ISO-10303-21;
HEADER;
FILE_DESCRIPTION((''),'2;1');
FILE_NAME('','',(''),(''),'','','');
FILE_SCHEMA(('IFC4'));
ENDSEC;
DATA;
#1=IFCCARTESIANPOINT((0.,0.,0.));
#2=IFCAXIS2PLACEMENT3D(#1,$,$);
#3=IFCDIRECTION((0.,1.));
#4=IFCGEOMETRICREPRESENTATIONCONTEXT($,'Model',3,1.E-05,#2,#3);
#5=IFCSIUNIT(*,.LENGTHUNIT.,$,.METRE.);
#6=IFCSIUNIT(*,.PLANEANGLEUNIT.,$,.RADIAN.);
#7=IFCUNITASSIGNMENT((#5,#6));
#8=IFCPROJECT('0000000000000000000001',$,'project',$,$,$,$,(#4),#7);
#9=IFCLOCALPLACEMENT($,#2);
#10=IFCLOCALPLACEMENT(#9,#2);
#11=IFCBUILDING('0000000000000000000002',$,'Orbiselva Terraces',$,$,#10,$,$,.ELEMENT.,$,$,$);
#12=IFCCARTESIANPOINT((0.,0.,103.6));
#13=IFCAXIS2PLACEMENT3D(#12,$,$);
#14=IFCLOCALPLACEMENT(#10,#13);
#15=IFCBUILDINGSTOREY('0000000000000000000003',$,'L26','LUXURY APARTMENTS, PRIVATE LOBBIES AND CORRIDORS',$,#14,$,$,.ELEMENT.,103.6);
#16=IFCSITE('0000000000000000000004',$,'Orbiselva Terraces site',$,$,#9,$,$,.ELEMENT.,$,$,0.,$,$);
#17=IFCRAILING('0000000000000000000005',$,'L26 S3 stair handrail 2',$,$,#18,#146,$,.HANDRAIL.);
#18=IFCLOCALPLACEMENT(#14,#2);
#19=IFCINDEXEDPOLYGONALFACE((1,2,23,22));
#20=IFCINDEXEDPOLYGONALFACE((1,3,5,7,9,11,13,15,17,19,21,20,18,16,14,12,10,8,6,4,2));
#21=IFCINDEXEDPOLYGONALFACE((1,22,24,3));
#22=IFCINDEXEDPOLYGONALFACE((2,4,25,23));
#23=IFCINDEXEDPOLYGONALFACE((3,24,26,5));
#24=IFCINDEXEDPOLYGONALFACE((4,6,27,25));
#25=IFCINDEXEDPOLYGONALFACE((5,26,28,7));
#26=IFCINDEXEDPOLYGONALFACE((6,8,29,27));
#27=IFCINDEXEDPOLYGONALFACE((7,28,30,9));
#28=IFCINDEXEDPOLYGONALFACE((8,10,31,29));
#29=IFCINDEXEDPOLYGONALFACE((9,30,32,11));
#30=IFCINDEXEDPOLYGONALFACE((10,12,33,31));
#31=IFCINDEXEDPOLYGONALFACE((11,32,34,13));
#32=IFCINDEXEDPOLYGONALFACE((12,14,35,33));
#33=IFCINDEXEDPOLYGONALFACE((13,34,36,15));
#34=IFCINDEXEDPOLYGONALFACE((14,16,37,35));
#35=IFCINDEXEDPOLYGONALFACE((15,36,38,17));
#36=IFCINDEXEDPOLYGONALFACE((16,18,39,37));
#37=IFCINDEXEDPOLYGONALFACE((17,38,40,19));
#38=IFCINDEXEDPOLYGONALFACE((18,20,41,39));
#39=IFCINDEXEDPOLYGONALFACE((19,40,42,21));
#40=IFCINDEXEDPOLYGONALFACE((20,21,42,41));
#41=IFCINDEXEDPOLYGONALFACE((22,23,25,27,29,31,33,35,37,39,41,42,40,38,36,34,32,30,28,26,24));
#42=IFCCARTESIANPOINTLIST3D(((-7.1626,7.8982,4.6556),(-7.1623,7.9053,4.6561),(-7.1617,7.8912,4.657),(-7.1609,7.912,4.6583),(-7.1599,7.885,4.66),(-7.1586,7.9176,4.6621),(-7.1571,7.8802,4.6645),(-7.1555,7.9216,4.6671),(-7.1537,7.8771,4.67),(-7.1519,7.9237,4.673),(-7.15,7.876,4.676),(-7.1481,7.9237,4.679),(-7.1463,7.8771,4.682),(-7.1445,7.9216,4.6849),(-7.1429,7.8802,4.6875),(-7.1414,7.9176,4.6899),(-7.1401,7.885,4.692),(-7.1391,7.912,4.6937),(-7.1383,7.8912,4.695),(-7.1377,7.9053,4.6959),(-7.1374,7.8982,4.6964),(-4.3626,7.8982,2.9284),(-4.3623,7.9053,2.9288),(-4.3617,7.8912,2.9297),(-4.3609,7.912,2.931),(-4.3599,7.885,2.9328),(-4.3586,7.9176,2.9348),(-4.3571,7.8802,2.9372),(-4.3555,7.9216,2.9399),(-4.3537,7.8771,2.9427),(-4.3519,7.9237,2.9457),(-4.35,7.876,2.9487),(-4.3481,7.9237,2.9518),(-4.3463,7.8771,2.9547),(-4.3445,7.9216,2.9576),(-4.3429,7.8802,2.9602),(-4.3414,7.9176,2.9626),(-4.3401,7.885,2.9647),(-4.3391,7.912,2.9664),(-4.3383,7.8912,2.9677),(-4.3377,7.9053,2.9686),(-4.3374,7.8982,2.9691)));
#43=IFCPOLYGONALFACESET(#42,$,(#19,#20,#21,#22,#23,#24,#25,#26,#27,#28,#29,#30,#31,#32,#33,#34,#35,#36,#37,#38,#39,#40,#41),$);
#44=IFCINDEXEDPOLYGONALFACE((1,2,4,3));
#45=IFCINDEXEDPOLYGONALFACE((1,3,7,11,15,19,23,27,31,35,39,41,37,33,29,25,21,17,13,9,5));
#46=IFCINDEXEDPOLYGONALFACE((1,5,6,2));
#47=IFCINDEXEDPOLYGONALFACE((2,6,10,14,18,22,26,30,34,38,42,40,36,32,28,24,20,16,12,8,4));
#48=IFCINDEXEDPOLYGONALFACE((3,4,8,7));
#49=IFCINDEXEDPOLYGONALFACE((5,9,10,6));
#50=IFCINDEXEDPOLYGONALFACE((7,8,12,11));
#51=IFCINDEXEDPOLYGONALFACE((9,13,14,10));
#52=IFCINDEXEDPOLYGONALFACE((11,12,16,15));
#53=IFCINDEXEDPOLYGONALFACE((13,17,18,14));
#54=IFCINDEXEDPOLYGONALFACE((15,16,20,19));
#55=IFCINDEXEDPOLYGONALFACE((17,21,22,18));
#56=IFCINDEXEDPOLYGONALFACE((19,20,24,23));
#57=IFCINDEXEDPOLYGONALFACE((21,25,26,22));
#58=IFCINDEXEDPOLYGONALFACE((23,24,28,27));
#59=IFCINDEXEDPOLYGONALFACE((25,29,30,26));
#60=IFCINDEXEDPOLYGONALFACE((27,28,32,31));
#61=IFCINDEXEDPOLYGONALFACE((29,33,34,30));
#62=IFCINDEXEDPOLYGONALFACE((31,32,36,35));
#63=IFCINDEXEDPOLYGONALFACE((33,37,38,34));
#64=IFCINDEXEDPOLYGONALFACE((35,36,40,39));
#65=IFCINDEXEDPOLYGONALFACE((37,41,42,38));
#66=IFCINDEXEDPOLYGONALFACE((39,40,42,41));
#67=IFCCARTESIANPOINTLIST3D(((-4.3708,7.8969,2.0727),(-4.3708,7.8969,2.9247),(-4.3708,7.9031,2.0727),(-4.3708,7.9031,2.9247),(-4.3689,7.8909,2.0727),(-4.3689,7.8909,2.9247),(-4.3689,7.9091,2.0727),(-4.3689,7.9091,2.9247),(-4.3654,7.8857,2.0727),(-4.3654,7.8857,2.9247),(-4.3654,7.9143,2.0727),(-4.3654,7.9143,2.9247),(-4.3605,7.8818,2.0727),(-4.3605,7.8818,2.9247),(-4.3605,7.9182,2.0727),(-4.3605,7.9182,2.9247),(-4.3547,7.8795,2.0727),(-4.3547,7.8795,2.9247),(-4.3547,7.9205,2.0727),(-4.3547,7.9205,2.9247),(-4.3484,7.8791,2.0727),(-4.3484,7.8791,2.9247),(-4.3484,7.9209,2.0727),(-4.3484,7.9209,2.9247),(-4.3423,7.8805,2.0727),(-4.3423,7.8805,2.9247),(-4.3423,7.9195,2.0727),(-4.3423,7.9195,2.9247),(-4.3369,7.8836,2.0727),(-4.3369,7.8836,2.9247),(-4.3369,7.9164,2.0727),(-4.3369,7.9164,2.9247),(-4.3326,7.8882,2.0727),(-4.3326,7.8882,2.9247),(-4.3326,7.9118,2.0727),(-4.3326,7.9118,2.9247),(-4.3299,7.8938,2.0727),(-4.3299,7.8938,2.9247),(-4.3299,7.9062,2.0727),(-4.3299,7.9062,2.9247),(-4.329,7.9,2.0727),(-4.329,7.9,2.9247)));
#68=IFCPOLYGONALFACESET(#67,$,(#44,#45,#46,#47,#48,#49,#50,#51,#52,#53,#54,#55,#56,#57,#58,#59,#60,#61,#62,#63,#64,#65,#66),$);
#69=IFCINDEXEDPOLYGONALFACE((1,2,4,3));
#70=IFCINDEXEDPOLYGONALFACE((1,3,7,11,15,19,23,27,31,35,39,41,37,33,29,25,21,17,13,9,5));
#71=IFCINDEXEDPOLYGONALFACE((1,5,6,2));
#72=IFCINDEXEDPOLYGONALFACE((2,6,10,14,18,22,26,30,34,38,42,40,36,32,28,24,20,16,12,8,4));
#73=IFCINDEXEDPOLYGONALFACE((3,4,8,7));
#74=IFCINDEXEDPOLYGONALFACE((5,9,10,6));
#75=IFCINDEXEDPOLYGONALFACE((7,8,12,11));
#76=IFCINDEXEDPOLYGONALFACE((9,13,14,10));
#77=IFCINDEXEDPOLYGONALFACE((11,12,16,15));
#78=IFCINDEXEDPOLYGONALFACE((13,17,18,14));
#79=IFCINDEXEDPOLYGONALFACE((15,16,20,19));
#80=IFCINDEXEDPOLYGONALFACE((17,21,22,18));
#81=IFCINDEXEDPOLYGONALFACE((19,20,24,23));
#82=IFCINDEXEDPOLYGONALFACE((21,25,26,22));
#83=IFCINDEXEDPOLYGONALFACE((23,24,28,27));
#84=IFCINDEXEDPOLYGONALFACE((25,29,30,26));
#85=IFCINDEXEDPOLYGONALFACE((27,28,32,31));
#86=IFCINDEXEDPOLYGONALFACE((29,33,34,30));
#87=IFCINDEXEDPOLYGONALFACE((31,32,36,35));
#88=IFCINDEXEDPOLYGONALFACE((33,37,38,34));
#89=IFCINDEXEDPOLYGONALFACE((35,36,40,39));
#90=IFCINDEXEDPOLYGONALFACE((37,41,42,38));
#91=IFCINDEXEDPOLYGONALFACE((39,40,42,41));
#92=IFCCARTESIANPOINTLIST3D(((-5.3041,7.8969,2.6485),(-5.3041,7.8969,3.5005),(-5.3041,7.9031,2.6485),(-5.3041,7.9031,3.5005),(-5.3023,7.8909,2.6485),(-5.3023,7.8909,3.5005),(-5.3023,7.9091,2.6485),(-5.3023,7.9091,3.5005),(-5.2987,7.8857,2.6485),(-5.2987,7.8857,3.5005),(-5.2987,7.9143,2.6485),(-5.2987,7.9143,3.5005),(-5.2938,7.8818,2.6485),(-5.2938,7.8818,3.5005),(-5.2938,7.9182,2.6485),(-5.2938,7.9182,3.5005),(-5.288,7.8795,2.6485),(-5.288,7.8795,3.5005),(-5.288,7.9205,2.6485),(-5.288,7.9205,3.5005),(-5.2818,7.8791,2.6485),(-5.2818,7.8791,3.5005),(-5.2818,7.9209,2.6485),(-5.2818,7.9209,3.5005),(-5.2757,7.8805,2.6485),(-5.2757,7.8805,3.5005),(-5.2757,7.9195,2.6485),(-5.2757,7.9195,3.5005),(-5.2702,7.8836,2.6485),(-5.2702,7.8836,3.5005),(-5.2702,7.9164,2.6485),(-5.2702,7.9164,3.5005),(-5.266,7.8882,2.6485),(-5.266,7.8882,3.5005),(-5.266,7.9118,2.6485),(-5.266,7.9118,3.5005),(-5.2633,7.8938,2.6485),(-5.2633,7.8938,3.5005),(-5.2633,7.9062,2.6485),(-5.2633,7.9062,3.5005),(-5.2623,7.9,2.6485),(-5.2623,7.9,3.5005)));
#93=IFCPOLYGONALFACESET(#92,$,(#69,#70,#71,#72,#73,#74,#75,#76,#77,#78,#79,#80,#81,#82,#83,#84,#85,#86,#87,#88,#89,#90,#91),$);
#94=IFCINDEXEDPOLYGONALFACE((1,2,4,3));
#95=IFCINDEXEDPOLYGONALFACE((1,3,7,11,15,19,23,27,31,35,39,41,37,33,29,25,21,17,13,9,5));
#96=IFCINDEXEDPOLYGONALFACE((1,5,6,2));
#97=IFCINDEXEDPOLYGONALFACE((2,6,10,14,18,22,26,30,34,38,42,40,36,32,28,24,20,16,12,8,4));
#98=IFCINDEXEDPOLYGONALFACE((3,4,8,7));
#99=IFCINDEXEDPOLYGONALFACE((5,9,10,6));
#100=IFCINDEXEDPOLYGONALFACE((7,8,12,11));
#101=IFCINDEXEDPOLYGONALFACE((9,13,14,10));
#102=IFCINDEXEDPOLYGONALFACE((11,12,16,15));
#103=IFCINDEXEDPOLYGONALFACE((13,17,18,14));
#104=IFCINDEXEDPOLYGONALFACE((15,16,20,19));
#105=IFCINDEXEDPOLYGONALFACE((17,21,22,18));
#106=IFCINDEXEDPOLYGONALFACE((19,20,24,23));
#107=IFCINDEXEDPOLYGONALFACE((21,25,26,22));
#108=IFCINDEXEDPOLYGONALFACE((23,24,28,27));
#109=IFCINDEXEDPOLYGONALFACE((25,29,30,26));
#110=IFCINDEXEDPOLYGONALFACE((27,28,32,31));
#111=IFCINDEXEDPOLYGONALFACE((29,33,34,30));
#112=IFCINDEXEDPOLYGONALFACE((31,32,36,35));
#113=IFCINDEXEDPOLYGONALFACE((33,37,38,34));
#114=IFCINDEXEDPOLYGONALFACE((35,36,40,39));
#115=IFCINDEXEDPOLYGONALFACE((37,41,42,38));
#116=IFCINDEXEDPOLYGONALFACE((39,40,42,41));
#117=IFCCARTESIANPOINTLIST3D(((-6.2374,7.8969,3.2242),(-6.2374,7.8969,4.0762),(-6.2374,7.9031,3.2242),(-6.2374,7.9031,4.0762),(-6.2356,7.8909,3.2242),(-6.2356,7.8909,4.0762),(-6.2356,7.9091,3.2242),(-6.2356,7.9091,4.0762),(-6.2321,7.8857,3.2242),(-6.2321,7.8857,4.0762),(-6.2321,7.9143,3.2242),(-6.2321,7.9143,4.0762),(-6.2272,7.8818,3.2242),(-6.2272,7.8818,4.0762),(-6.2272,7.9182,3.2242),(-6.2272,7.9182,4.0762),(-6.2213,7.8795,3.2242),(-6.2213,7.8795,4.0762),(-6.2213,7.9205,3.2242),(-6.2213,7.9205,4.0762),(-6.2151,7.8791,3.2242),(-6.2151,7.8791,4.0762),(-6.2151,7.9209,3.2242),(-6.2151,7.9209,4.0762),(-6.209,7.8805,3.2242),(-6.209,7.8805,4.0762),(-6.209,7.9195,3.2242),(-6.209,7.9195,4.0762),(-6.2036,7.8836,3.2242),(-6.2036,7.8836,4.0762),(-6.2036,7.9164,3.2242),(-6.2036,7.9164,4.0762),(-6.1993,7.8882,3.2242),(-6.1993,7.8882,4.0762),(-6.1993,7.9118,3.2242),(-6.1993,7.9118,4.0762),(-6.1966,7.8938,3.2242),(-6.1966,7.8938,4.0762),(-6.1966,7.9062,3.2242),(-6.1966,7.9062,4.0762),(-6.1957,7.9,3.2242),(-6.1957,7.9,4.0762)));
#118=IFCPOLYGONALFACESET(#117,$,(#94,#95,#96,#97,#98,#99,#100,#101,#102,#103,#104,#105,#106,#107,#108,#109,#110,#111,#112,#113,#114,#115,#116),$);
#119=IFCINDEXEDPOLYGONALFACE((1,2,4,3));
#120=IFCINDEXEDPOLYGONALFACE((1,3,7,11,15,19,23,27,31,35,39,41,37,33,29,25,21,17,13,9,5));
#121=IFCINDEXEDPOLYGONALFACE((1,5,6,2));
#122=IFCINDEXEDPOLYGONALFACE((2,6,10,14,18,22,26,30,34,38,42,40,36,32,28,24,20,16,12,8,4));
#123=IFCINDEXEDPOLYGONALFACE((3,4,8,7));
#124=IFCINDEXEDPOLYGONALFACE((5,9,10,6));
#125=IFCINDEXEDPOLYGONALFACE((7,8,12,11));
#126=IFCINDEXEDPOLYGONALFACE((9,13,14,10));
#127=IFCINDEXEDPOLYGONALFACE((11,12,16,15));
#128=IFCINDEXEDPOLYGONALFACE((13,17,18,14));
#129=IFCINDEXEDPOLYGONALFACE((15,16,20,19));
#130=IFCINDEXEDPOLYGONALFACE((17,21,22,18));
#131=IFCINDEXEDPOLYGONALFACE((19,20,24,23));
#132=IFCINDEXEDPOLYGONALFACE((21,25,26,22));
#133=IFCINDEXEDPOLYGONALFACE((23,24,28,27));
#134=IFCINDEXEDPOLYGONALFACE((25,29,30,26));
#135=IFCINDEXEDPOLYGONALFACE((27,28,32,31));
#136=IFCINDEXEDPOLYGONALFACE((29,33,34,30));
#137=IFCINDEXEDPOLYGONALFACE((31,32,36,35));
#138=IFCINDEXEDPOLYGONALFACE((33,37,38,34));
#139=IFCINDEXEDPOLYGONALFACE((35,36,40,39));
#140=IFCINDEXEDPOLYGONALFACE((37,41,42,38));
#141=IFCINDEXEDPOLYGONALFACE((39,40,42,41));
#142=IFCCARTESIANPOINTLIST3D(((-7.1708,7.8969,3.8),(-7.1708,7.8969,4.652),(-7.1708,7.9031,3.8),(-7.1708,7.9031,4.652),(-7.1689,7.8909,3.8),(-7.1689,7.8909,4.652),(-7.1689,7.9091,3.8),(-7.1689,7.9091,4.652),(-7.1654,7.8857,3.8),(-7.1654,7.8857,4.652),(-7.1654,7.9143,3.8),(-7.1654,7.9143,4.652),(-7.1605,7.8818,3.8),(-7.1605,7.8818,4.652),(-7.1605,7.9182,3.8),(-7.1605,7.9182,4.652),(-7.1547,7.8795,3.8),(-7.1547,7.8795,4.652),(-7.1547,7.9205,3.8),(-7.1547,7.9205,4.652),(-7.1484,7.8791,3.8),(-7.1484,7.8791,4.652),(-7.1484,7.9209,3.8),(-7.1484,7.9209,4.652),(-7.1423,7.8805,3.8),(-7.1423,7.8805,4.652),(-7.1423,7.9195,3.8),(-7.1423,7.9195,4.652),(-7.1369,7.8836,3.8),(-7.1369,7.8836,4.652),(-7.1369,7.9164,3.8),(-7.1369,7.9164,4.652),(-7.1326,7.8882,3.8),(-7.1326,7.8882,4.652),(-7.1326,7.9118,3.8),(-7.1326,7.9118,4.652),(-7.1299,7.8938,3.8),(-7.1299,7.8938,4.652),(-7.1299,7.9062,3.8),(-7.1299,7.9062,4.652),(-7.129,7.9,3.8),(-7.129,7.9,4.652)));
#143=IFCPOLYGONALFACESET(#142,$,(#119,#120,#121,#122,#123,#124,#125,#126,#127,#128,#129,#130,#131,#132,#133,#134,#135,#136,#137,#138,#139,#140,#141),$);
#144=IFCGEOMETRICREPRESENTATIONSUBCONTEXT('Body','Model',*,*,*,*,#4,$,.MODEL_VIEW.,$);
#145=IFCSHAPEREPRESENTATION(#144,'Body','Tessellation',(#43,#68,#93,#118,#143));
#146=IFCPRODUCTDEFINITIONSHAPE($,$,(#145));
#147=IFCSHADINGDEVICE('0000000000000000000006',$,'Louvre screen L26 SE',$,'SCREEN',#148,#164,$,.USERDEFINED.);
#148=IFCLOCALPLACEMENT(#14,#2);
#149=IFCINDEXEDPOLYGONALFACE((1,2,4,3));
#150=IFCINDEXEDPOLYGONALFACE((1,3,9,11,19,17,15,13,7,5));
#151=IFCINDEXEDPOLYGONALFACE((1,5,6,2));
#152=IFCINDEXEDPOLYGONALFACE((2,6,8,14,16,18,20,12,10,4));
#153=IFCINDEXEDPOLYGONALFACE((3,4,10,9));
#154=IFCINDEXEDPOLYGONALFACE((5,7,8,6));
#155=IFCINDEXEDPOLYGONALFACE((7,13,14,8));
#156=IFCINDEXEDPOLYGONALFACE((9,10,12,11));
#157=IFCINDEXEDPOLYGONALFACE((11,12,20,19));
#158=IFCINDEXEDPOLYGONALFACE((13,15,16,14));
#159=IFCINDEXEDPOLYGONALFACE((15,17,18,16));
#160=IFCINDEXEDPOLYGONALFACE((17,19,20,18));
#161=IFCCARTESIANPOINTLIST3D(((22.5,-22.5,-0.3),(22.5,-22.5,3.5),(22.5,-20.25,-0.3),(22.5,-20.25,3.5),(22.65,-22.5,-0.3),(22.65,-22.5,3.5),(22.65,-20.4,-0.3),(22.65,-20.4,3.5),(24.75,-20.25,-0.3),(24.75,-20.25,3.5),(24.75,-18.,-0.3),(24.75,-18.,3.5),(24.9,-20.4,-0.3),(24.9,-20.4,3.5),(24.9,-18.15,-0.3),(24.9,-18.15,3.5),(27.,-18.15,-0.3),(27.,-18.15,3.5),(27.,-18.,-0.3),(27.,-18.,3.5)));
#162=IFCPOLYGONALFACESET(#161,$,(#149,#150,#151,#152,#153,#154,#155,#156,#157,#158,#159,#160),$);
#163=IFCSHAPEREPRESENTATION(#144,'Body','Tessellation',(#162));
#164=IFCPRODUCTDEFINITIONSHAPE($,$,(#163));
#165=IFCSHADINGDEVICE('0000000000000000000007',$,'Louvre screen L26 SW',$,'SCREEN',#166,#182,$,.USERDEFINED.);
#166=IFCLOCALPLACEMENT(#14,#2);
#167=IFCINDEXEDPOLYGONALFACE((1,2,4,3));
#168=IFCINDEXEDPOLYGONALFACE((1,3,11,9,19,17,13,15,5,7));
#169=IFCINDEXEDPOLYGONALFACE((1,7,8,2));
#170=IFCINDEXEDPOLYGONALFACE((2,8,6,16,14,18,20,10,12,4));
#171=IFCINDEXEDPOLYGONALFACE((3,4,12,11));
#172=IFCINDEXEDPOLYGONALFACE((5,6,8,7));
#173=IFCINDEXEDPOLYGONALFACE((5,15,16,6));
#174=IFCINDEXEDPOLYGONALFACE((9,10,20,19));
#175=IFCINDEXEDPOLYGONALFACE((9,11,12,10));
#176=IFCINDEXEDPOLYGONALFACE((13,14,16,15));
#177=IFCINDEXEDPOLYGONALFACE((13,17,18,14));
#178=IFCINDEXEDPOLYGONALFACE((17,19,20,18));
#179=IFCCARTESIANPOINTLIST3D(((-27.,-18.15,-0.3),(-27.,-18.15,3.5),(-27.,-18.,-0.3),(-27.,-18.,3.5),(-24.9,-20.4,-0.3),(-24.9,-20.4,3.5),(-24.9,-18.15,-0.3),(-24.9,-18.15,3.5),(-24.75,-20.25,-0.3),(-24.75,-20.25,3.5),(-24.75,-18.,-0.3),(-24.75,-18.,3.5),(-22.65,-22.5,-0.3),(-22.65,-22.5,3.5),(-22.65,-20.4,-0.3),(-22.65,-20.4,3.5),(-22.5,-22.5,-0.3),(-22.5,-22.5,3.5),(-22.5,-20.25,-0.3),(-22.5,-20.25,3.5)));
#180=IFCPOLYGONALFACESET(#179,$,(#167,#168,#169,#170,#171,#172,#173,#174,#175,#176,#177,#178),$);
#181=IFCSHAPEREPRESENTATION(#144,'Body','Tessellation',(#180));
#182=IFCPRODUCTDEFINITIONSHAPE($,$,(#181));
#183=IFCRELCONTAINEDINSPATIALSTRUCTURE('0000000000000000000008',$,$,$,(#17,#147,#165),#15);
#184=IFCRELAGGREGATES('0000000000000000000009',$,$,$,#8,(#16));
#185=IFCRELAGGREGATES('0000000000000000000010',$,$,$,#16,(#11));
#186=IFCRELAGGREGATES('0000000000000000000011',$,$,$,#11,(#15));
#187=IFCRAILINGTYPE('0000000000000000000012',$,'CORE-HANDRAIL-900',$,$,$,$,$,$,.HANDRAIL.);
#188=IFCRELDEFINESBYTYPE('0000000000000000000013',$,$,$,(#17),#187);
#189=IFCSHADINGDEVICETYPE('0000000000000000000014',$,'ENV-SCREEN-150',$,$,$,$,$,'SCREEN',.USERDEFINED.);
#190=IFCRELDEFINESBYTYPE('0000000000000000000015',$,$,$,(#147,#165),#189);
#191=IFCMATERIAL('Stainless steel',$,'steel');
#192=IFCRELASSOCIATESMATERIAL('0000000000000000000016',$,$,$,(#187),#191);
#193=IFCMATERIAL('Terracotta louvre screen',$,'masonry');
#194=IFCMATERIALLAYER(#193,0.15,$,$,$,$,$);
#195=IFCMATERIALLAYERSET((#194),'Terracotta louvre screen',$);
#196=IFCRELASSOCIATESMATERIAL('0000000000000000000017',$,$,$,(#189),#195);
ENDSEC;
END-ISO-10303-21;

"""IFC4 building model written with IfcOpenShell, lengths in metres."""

from ifc_helpers import new_model, si_unit, direction, frame, origin, origin_2d, place, context, subcontext, project, spatial, polyline, circle, outline, extrude, material, layer, layer_set, type_object, element, save


model = new_model("IFC4")

# Units and contexts
model_context = context("Model", 3, precision=1e-05, world=origin(), true_north=direction((0.0, 1.0)))
body_context = subcontext(model_context, "Body", "Model", "MODEL_VIEW")
ifc_project = project(units=[si_unit("LENGTHUNIT", "METRE"), si_unit("PLANEANGLEUNIT", "RADIAN")], contexts=[model_context])

# Site, building, storey
site_placement = place(None, origin())
site = spatial("IfcSite", under=ifc_project, at=site_placement, Name="Orbiselva Terraces site", CompositionType="ELEMENT", RefElevation=0.0)
building_placement = place(site_placement, origin())
building = spatial("IfcBuilding", under=site, at=building_placement, Name="Orbiselva Terraces", CompositionType="ELEMENT")
storey_placement = place(building_placement, frame((0.0, 0.0, 103.6)))
storey = spatial("IfcBuildingStorey", under=building, at=storey_placement, Name="L26", Description="LUXURY APARTMENTS, PRIVATE LOBBIES AND CORRIDORS", CompositionType="ELEMENT", Elevation=103.6)

# Railing
ifc_material_1 = material(Name="Stainless steel", Category="steel")
railing_type_1 = type_object("IfcRailingType", Name="CORE-HANDRAIL-900", PredefinedType="HANDRAIL", material=ifc_material_1)
railing_1_placement = place(storey_placement, frame((-4.35, 7.9, 2.0727)))
element("IfcRailing", 1, at=railing_1_placement, inside=storey, type_object=railing_type_1, Name="L26 S3 stair handrail 2", PredefinedType="HANDRAIL", context=body_context, shape_type="SweptSolid", body=[
    extrude(circle(Radius=0.024, at=origin_2d()), frame((0.0, 0.0, 0.876), z_axis=(-0.851089, 0.0, 0.525022), x_axis=(0.0, -1.0, 0.0)), (0.0, 0.0, 1.0), 3.2899),
    extrude(circle(Radius=0.021, at=origin_2d()), origin(), (0.0, 0.0, 1.0), 0.852),
    extrude(circle(Radius=0.021, at=origin_2d()), frame((-0.9333, 0.0, 0.5758)), (0.0, 0.0, 1.0), 0.852),
    extrude(circle(Radius=0.021, at=origin_2d()), frame((-1.8667, 0.0, 1.1515)), (0.0, 0.0, 1.0), 0.852),
    extrude(circle(Radius=0.021, at=origin_2d()), frame((-2.8, 0.0, 1.7273)), (0.0, 0.0, 1.0), 0.852),
])

# Shading devices
ifc_material_2 = material(Name="Terracotta louvre screen", Category="masonry")
ifc_layer_1 = layer(ifc_material_2, 0.15)
ifc_layer_set_1 = layer_set([ifc_layer_1], Name="Terracotta louvre screen")
shading_device_type = type_object("IfcShadingDeviceType", Name="ENV-SCREEN-150", ElementType="SCREEN", PredefinedType="USERDEFINED", material=ifc_layer_set_1)
shading_device_1_placement = place(storey_placement, frame((0.0, 0.0, -0.3)))
element("IfcShadingDevice", 2, at=shading_device_1_placement, inside=storey, type_object=shading_device_type, Name="Louvre screen L26 SE", ObjectType="SCREEN", PredefinedType="USERDEFINED", context=body_context, shape_type="SweptSolid", body=[
    extrude(outline(polyline([(22.65, -22.5), (22.65, -20.4), (24.9, -20.4), (24.9, -18.15), (27.0, -18.15), (27.0, -18.0), (24.75, -18.0), (24.75, -20.25), (22.5, -20.25), (22.5, -22.5), (22.65, -22.5)])), origin(), (0.0, 0.0, 1.0), 3.8),
])
shading_device_2_placement = place(storey_placement, frame((0.0, 0.0, -0.3)))
element("IfcShadingDevice", 3, at=shading_device_2_placement, inside=storey, type_object=shading_device_type, Name="Louvre screen L26 SW", ObjectType="SCREEN", PredefinedType="USERDEFINED", context=body_context, shape_type="SweptSolid", body=[
    extrude(outline(polyline([(-27.0, -18.15), (-24.9, -18.15), (-24.9, -20.4), (-22.65, -20.4), (-22.65, -22.5), (-22.5, -22.5), (-22.5, -20.25), (-24.75, -20.25), (-24.75, -18.0), (-27.0, -18.0), (-27.0, -18.15)])), origin(), (0.0, 0.0, 1.0), 3.8),
])

save(model, "model.ifc")
